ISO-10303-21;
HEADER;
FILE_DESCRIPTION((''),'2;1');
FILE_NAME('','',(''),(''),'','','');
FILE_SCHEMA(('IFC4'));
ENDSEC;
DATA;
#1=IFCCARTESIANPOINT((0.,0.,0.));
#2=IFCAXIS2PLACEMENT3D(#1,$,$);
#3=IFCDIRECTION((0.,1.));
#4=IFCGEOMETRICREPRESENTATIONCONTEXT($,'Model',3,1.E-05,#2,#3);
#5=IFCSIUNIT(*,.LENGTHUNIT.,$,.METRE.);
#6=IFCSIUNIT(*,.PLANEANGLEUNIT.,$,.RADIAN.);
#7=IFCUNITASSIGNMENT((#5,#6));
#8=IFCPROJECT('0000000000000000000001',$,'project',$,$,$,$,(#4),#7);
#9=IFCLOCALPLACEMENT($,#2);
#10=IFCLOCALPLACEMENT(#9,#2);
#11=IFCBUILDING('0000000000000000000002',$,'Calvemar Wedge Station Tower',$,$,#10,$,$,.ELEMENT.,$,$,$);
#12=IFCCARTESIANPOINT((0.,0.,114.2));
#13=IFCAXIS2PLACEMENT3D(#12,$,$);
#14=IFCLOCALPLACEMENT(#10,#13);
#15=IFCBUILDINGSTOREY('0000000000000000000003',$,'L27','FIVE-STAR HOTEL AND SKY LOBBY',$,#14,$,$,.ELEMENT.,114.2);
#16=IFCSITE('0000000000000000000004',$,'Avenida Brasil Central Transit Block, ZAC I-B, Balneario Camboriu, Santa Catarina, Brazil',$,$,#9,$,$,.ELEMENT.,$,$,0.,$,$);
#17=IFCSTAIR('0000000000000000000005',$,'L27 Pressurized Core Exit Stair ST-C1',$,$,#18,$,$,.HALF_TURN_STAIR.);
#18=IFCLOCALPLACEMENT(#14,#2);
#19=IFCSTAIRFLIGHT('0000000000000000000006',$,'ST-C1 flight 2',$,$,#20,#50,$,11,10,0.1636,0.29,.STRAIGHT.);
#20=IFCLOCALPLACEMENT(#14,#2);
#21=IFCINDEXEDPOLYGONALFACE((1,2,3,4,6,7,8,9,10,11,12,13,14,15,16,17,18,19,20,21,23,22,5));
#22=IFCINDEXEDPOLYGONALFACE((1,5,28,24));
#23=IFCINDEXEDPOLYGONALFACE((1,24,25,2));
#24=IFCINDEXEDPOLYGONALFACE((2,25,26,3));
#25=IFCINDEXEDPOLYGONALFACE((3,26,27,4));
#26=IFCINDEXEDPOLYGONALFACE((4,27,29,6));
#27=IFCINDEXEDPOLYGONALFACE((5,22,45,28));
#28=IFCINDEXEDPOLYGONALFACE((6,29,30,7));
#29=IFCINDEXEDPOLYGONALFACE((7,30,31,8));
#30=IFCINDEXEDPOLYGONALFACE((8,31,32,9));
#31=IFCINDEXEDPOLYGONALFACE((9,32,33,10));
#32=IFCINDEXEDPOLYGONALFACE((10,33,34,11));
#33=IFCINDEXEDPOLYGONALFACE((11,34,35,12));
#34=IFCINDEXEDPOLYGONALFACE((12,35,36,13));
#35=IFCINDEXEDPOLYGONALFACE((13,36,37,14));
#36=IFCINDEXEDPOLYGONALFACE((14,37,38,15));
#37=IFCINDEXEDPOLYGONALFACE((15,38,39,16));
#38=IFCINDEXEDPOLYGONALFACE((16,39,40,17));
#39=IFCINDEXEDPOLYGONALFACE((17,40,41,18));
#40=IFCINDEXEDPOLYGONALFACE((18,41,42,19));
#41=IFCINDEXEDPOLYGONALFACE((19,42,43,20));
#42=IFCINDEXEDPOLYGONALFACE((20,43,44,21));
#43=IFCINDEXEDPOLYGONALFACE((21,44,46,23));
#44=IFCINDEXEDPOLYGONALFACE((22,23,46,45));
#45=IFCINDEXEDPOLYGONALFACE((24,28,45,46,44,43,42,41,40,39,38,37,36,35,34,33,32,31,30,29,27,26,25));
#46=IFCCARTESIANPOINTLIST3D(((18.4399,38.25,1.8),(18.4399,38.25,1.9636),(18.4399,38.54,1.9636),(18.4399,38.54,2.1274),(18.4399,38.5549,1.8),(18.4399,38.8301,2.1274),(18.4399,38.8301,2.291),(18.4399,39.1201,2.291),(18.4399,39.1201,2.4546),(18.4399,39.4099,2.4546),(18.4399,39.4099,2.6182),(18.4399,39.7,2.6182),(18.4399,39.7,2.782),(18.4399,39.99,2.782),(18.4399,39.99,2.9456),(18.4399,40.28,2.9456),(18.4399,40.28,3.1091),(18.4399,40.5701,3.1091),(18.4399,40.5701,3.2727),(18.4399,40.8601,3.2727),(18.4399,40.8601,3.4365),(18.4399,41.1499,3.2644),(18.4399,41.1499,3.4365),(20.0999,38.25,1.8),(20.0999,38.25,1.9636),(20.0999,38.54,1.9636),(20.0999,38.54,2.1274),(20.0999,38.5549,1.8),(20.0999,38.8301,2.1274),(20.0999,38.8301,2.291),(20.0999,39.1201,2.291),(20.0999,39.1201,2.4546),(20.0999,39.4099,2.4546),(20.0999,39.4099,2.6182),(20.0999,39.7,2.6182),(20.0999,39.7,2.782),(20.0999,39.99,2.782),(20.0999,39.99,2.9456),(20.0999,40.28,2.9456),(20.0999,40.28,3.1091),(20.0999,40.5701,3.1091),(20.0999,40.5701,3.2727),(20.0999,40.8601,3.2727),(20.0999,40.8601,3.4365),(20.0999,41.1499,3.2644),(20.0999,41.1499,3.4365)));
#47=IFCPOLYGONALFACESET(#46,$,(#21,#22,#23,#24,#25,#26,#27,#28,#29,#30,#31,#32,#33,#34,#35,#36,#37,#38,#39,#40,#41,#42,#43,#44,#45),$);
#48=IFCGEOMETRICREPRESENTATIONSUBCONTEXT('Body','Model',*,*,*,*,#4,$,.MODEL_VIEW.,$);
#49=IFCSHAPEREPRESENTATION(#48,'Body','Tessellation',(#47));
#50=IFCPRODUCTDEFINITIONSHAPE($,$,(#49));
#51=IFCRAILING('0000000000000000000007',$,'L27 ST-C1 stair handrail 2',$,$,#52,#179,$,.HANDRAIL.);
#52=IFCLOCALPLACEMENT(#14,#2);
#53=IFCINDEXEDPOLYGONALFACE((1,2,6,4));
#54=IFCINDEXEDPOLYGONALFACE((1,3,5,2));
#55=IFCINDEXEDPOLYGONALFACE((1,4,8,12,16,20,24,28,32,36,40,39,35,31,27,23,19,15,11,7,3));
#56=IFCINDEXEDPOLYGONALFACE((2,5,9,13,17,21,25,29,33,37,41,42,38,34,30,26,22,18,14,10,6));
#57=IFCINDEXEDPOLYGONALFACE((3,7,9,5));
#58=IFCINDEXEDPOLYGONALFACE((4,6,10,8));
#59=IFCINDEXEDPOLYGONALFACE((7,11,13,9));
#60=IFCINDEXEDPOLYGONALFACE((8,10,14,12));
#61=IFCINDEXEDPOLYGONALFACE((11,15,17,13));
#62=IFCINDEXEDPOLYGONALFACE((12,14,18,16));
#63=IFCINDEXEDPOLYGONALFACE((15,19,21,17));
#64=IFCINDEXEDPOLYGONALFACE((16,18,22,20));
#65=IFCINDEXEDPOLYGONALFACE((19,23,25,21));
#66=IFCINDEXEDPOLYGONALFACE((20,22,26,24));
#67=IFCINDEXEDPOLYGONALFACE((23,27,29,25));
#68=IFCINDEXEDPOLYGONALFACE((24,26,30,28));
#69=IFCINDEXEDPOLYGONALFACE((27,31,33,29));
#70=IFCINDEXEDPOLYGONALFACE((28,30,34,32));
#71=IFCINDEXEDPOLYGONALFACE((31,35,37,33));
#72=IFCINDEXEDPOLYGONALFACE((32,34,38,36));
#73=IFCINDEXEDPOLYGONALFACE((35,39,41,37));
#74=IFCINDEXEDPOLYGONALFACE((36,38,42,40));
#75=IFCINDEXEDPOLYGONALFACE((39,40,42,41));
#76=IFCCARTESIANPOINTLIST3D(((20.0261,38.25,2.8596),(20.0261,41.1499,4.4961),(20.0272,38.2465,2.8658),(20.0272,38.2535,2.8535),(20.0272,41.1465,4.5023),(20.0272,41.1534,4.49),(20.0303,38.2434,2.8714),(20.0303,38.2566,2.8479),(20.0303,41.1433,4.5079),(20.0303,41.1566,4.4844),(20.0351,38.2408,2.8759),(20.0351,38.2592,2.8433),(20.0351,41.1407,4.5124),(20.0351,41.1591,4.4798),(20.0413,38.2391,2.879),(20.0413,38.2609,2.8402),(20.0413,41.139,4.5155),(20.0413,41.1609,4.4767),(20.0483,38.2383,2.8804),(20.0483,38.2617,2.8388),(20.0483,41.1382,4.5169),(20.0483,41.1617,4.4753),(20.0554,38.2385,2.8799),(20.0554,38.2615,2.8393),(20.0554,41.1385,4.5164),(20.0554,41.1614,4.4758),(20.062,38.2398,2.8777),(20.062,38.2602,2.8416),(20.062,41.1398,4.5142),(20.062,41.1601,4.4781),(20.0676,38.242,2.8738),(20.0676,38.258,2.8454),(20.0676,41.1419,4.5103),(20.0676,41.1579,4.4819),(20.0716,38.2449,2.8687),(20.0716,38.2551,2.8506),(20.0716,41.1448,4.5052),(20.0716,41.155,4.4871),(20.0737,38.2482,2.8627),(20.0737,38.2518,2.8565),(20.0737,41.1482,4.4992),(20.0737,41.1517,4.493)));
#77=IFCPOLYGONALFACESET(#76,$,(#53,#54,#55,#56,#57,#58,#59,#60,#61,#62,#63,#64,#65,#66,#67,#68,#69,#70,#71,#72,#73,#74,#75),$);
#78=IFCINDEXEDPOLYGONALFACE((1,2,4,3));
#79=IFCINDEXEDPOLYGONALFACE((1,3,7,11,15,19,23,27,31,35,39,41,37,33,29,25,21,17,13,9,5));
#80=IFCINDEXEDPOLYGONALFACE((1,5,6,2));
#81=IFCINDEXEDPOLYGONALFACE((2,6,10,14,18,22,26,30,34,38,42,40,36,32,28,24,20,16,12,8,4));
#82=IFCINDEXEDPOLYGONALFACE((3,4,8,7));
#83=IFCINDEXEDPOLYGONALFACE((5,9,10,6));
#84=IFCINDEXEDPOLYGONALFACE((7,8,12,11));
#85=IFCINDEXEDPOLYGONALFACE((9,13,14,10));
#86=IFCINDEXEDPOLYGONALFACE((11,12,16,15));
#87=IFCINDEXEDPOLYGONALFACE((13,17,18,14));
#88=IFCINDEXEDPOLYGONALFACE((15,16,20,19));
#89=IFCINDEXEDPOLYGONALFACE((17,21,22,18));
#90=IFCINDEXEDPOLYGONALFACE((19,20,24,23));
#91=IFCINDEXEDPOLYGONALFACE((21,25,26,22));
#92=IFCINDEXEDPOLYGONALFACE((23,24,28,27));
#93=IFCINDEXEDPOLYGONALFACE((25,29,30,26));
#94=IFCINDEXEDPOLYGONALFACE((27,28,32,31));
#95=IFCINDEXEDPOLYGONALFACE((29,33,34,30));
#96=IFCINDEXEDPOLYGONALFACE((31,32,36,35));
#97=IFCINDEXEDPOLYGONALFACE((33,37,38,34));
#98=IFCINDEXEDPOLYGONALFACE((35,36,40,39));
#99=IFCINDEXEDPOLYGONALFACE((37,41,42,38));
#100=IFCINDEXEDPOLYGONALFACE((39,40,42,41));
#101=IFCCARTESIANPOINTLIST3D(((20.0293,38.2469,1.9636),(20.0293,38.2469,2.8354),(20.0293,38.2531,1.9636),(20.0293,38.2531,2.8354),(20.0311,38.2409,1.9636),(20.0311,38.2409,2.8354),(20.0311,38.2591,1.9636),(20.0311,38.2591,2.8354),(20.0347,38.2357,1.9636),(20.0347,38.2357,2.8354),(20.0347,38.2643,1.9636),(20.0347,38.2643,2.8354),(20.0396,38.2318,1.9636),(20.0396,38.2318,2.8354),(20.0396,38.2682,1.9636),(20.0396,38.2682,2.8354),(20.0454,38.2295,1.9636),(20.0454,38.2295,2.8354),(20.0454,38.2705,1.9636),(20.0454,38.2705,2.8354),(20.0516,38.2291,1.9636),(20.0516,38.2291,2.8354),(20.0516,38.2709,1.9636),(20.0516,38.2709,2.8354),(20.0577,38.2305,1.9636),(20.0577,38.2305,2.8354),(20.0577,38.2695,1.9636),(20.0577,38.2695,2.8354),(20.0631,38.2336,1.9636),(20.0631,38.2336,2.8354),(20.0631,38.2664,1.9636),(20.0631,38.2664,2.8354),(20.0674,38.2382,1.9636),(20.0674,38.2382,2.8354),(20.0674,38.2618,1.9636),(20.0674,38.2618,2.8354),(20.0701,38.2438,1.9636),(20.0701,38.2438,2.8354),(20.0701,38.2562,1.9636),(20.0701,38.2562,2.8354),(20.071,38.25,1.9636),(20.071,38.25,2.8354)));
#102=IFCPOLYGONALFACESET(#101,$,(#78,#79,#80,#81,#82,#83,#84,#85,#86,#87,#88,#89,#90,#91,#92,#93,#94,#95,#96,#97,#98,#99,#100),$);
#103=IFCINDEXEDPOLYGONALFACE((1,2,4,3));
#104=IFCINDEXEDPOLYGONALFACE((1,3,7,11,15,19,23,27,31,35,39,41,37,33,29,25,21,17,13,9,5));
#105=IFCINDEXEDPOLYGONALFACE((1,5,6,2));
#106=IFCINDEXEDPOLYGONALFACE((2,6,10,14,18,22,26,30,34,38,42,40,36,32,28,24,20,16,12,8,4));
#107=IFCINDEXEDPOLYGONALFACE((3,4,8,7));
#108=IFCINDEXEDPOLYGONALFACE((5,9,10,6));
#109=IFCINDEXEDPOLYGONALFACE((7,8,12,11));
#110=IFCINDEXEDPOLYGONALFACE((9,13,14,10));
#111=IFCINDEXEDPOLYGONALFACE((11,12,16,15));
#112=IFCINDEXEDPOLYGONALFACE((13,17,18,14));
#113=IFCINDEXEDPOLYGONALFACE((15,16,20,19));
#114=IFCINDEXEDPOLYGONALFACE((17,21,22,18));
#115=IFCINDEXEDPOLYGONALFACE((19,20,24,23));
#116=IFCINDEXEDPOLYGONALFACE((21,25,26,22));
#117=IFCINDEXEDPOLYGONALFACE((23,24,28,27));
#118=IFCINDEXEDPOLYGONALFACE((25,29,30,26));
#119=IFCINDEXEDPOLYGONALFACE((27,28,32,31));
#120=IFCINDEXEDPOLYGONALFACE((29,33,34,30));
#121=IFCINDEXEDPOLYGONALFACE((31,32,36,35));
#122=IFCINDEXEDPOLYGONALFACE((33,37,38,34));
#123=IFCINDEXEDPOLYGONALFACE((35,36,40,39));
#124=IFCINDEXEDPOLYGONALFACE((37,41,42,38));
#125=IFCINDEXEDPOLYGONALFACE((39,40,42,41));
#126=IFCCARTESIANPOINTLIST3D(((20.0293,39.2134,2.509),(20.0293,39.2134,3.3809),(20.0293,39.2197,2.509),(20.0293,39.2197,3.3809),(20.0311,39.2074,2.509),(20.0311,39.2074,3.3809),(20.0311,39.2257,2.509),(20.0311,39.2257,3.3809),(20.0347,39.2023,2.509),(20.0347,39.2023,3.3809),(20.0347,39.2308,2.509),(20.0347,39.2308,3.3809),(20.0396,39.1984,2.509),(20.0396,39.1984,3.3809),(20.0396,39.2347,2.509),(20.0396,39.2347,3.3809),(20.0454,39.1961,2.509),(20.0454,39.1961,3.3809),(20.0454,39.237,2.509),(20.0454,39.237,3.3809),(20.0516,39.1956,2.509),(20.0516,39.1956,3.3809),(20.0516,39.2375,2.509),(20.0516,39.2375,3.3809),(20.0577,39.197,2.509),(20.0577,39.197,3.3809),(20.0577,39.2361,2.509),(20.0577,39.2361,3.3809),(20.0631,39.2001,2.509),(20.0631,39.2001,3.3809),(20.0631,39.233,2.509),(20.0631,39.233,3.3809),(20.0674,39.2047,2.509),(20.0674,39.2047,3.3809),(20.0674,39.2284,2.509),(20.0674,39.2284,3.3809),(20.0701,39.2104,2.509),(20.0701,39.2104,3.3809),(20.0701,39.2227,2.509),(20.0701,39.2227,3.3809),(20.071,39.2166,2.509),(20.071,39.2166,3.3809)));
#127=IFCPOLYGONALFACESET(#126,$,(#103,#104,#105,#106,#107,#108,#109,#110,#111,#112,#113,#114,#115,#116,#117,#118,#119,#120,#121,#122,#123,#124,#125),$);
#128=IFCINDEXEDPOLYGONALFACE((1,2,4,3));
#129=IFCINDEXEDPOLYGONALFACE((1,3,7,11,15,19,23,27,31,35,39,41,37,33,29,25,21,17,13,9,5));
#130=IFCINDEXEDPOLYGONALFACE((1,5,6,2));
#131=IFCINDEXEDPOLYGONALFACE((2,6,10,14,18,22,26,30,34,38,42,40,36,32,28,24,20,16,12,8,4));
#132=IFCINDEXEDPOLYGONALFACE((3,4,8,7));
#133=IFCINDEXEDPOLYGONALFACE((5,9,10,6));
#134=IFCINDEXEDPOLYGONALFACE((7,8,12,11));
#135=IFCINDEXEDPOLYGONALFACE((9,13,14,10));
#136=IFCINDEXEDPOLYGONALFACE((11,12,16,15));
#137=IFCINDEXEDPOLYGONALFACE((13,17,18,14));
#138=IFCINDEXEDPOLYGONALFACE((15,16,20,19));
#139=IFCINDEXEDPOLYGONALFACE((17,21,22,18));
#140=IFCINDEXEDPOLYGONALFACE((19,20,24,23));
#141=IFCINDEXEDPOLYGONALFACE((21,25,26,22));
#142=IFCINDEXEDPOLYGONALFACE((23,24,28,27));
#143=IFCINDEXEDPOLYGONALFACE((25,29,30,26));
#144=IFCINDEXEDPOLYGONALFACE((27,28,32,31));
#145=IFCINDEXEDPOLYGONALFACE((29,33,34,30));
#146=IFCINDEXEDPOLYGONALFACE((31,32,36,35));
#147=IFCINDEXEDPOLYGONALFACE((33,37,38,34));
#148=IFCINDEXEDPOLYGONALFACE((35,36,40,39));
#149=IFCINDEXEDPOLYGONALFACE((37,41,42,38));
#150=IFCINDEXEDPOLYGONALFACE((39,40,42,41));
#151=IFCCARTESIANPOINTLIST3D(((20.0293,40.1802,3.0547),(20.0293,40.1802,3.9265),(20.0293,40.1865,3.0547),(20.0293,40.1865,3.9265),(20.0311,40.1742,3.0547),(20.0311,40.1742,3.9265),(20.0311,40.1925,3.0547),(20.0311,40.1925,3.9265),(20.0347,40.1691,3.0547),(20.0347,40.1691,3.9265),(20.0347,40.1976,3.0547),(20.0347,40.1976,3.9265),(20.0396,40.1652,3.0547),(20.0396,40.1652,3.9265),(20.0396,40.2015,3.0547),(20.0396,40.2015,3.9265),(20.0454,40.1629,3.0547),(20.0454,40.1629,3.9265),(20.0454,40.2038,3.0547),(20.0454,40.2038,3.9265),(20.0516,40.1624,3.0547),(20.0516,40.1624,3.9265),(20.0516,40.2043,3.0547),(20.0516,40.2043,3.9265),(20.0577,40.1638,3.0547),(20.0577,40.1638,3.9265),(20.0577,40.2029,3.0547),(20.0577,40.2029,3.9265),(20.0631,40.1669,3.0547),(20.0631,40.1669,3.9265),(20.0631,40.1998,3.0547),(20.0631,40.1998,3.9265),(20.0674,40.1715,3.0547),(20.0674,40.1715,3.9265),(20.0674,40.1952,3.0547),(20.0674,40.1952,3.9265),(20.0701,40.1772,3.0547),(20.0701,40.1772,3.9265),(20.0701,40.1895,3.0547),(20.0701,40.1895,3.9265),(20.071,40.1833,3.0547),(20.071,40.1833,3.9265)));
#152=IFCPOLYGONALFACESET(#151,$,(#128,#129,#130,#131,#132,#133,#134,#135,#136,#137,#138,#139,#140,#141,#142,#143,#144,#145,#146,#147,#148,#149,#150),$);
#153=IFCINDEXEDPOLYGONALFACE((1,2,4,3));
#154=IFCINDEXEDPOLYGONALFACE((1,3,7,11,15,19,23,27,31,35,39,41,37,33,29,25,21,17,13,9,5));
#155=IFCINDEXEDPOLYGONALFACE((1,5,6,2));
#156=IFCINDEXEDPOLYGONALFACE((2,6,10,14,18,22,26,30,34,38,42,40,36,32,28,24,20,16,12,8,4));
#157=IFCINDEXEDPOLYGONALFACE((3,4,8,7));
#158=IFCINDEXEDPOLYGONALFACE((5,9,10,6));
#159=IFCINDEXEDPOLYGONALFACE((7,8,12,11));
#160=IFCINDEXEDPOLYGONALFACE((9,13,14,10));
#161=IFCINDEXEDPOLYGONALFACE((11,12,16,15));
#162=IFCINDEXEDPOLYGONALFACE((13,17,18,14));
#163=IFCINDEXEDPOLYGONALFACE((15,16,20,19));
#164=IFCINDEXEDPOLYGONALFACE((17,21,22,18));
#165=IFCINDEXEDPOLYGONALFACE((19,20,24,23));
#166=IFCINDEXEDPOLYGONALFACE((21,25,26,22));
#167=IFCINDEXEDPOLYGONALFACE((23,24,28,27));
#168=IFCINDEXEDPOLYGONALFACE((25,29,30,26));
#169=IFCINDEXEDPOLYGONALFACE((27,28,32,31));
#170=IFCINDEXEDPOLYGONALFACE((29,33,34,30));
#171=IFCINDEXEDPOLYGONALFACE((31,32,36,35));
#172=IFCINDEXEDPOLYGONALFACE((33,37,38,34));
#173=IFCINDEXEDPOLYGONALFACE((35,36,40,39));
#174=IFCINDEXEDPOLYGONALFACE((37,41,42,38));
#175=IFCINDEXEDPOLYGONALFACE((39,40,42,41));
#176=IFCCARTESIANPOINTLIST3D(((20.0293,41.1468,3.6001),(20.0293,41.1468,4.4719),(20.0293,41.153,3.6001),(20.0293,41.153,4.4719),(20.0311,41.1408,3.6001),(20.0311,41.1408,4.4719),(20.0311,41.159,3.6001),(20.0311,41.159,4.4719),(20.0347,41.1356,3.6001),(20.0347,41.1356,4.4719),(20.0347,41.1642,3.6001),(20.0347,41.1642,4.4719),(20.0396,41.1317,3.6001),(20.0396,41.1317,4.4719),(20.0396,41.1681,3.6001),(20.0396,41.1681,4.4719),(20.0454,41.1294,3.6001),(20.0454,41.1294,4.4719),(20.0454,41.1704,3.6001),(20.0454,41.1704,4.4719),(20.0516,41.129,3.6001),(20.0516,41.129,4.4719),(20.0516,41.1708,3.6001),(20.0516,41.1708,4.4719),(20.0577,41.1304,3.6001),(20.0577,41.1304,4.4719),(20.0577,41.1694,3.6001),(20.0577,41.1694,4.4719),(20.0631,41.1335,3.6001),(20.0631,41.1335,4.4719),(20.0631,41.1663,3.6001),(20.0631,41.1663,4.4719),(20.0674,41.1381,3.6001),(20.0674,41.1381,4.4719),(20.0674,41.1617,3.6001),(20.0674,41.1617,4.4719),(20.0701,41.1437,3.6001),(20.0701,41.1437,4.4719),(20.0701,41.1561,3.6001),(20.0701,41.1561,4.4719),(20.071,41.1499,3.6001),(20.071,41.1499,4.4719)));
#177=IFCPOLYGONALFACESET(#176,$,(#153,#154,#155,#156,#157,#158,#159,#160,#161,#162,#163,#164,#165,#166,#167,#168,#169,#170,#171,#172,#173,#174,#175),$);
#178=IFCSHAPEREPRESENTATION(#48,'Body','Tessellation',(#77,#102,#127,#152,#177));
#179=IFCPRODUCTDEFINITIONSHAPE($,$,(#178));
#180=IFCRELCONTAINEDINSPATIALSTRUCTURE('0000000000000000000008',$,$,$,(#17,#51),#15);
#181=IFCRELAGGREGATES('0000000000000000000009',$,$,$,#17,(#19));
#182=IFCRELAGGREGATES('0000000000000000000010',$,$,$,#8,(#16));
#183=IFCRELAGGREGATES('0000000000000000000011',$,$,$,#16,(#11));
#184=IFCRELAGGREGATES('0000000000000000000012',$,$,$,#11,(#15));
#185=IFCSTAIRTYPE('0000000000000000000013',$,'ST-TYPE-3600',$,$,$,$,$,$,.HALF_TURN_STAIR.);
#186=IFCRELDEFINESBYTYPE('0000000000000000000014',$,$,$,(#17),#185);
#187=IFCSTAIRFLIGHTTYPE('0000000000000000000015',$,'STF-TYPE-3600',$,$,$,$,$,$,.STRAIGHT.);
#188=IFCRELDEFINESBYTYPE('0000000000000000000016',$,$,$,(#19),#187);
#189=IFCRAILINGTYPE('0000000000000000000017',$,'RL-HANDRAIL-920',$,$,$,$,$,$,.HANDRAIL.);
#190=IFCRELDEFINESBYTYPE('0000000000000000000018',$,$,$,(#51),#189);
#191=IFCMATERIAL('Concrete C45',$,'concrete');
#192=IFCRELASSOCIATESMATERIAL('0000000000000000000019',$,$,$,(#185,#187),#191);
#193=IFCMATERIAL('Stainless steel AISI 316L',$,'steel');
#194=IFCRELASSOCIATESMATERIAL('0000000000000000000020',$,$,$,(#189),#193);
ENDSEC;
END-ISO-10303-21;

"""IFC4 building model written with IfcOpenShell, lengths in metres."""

from ifc_helpers import new_model, si_unit, direction, frame, origin, origin_2d, place, context, subcontext, project, spatial, polyline, circle, outline, extrude, material, type_object, element, aggregate, save


model = new_model("IFC4")

# Units and contexts
model_context = context("Model", 3, precision=1e-05, world=origin(), true_north=direction((0.0, 1.0)))
body_context = subcontext(model_context, "Body", "Model", "MODEL_VIEW")
ifc_project = project(units=[si_unit("LENGTHUNIT", "METRE"), si_unit("PLANEANGLEUNIT", "RADIAN")], contexts=[model_context])

# Site, building, storey
site_placement = place(None, origin())
site = spatial("IfcSite", under=ifc_project, at=site_placement, Name="Avenida Brasil Central Transit Block, ZAC I-B, Balneario Camboriu, Santa Catarina, Brazil", CompositionType="ELEMENT", RefElevation=0.0)
building_placement = place(site_placement, origin())
building = spatial("IfcBuilding", under=site, at=building_placement, Name="Calvemar Wedge Station Tower", CompositionType="ELEMENT")
storey_placement = place(building_placement, frame((0.0, 0.0, 114.2)))
storey = spatial("IfcBuildingStorey", under=building, at=storey_placement, Name="L27", Description="FIVE-STAR HOTEL AND SKY LOBBY", CompositionType="ELEMENT", Elevation=114.2)

# Stair, stair flight
ifc_material_1 = material(Name="Concrete C45", Category="concrete")
stair_type = type_object("IfcStairType", Name="ST-TYPE-3600", PredefinedType="HALF_TURN_STAIR", material=ifc_material_1)
stair_placement = place(storey_placement, origin())
stair = element("IfcStair", 1, at=stair_placement, inside=storey, type_object=stair_type, Name="L27 Pressurized Core Exit Stair ST-C1", PredefinedType="HALF_TURN_STAIR")
stair_flight_type = type_object("IfcStairFlightType", Name="STF-TYPE-3600", PredefinedType="STRAIGHT", material=ifc_material_1)
stair_flight_placement = place(storey_placement, frame((19.27, 38.25, 1.8), z_axis=(0.0, 0.0, 1.0), x_axis=(0.0, 1.0, 0.0)))
stair_flight = element("IfcStairFlight", 2, at=stair_flight_placement, type_object=stair_flight_type, Name="ST-C1 flight 2", NumberOfRisers=11, NumberOfTreads=10, PredefinedType="STRAIGHT", RiserHeight=0.1636, TreadLength=0.29, context=body_context, shape_type="SweptSolid", body=[
    extrude(outline(polyline([(0.0, 0.0), (0.0, 0.1636), (0.29, 0.1636), (0.29, 0.3274), (0.5801, 0.3274), (0.5801, 0.491), (0.8701, 0.491), (0.8701, 0.6545), (1.1599, 0.6545), (1.1599, 0.8181), (1.45, 0.8181), (1.45, 0.9819), (1.74, 0.9819), (1.74, 1.1455), (2.03, 1.1455), (2.03, 1.3091), (2.3201, 1.3091), (2.3201, 1.4727), (2.6101, 1.4727), (2.6101, 1.6365), (2.8999, 1.6365), (2.8999, 1.8), (2.8999, 1.4644), (0.3049, 0.0), (0.0, 0.0)])), frame((0.0, 0.8301, 0.0), z_axis=(0.0, -1.0, 0.0), x_axis=(1.0, 0.0, 0.0)), (0.0, 0.0, 1.0), 1.6599),
])
aggregate(stair, [stair_flight])

# Railing
ifc_material_2 = material(Name="Stainless steel AISI 316L", Category="steel")
railing_type_1 = type_object("IfcRailingType", Name="RL-HANDRAIL-920", PredefinedType="HANDRAIL", material=ifc_material_2)
railing_1_placement = place(storey_placement, frame((20.05, 38.25, 1.9636)))
element("IfcRailing", 3, at=railing_1_placement, inside=storey, type_object=railing_type_1, Name="L27 ST-C1 stair handrail 2", PredefinedType="HANDRAIL", context=body_context, shape_type="SweptSolid", body=[
    extrude(circle(Radius=0.0239, at=origin_2d()), frame((0.0, 0.0, 0.896), z_axis=(0.0, 0.870897, 0.491465), x_axis=(-1.0, 0.0, 0.0)), (0.0, 0.0, 1.0), 3.3298),
    extrude(circle(Radius=0.021, at=origin_2d()), origin(), (0.0, 0.0, 1.0), 0.8718),
    extrude(circle(Radius=0.021, at=origin_2d()), frame((0.0, 0.9666, 0.5454)), (0.0, 0.0, 1.0), 0.8718),
    extrude(circle(Radius=0.021, at=origin_2d()), frame((0.0, 1.9333, 1.0911)), (0.0, 0.0, 1.0), 0.8718),
    extrude(circle(Radius=0.021, at=origin_2d()), frame((0.0, 2.8999, 1.6365)), (0.0, 0.0, 1.0), 0.8718),
])

save(model, "model.ifc")
